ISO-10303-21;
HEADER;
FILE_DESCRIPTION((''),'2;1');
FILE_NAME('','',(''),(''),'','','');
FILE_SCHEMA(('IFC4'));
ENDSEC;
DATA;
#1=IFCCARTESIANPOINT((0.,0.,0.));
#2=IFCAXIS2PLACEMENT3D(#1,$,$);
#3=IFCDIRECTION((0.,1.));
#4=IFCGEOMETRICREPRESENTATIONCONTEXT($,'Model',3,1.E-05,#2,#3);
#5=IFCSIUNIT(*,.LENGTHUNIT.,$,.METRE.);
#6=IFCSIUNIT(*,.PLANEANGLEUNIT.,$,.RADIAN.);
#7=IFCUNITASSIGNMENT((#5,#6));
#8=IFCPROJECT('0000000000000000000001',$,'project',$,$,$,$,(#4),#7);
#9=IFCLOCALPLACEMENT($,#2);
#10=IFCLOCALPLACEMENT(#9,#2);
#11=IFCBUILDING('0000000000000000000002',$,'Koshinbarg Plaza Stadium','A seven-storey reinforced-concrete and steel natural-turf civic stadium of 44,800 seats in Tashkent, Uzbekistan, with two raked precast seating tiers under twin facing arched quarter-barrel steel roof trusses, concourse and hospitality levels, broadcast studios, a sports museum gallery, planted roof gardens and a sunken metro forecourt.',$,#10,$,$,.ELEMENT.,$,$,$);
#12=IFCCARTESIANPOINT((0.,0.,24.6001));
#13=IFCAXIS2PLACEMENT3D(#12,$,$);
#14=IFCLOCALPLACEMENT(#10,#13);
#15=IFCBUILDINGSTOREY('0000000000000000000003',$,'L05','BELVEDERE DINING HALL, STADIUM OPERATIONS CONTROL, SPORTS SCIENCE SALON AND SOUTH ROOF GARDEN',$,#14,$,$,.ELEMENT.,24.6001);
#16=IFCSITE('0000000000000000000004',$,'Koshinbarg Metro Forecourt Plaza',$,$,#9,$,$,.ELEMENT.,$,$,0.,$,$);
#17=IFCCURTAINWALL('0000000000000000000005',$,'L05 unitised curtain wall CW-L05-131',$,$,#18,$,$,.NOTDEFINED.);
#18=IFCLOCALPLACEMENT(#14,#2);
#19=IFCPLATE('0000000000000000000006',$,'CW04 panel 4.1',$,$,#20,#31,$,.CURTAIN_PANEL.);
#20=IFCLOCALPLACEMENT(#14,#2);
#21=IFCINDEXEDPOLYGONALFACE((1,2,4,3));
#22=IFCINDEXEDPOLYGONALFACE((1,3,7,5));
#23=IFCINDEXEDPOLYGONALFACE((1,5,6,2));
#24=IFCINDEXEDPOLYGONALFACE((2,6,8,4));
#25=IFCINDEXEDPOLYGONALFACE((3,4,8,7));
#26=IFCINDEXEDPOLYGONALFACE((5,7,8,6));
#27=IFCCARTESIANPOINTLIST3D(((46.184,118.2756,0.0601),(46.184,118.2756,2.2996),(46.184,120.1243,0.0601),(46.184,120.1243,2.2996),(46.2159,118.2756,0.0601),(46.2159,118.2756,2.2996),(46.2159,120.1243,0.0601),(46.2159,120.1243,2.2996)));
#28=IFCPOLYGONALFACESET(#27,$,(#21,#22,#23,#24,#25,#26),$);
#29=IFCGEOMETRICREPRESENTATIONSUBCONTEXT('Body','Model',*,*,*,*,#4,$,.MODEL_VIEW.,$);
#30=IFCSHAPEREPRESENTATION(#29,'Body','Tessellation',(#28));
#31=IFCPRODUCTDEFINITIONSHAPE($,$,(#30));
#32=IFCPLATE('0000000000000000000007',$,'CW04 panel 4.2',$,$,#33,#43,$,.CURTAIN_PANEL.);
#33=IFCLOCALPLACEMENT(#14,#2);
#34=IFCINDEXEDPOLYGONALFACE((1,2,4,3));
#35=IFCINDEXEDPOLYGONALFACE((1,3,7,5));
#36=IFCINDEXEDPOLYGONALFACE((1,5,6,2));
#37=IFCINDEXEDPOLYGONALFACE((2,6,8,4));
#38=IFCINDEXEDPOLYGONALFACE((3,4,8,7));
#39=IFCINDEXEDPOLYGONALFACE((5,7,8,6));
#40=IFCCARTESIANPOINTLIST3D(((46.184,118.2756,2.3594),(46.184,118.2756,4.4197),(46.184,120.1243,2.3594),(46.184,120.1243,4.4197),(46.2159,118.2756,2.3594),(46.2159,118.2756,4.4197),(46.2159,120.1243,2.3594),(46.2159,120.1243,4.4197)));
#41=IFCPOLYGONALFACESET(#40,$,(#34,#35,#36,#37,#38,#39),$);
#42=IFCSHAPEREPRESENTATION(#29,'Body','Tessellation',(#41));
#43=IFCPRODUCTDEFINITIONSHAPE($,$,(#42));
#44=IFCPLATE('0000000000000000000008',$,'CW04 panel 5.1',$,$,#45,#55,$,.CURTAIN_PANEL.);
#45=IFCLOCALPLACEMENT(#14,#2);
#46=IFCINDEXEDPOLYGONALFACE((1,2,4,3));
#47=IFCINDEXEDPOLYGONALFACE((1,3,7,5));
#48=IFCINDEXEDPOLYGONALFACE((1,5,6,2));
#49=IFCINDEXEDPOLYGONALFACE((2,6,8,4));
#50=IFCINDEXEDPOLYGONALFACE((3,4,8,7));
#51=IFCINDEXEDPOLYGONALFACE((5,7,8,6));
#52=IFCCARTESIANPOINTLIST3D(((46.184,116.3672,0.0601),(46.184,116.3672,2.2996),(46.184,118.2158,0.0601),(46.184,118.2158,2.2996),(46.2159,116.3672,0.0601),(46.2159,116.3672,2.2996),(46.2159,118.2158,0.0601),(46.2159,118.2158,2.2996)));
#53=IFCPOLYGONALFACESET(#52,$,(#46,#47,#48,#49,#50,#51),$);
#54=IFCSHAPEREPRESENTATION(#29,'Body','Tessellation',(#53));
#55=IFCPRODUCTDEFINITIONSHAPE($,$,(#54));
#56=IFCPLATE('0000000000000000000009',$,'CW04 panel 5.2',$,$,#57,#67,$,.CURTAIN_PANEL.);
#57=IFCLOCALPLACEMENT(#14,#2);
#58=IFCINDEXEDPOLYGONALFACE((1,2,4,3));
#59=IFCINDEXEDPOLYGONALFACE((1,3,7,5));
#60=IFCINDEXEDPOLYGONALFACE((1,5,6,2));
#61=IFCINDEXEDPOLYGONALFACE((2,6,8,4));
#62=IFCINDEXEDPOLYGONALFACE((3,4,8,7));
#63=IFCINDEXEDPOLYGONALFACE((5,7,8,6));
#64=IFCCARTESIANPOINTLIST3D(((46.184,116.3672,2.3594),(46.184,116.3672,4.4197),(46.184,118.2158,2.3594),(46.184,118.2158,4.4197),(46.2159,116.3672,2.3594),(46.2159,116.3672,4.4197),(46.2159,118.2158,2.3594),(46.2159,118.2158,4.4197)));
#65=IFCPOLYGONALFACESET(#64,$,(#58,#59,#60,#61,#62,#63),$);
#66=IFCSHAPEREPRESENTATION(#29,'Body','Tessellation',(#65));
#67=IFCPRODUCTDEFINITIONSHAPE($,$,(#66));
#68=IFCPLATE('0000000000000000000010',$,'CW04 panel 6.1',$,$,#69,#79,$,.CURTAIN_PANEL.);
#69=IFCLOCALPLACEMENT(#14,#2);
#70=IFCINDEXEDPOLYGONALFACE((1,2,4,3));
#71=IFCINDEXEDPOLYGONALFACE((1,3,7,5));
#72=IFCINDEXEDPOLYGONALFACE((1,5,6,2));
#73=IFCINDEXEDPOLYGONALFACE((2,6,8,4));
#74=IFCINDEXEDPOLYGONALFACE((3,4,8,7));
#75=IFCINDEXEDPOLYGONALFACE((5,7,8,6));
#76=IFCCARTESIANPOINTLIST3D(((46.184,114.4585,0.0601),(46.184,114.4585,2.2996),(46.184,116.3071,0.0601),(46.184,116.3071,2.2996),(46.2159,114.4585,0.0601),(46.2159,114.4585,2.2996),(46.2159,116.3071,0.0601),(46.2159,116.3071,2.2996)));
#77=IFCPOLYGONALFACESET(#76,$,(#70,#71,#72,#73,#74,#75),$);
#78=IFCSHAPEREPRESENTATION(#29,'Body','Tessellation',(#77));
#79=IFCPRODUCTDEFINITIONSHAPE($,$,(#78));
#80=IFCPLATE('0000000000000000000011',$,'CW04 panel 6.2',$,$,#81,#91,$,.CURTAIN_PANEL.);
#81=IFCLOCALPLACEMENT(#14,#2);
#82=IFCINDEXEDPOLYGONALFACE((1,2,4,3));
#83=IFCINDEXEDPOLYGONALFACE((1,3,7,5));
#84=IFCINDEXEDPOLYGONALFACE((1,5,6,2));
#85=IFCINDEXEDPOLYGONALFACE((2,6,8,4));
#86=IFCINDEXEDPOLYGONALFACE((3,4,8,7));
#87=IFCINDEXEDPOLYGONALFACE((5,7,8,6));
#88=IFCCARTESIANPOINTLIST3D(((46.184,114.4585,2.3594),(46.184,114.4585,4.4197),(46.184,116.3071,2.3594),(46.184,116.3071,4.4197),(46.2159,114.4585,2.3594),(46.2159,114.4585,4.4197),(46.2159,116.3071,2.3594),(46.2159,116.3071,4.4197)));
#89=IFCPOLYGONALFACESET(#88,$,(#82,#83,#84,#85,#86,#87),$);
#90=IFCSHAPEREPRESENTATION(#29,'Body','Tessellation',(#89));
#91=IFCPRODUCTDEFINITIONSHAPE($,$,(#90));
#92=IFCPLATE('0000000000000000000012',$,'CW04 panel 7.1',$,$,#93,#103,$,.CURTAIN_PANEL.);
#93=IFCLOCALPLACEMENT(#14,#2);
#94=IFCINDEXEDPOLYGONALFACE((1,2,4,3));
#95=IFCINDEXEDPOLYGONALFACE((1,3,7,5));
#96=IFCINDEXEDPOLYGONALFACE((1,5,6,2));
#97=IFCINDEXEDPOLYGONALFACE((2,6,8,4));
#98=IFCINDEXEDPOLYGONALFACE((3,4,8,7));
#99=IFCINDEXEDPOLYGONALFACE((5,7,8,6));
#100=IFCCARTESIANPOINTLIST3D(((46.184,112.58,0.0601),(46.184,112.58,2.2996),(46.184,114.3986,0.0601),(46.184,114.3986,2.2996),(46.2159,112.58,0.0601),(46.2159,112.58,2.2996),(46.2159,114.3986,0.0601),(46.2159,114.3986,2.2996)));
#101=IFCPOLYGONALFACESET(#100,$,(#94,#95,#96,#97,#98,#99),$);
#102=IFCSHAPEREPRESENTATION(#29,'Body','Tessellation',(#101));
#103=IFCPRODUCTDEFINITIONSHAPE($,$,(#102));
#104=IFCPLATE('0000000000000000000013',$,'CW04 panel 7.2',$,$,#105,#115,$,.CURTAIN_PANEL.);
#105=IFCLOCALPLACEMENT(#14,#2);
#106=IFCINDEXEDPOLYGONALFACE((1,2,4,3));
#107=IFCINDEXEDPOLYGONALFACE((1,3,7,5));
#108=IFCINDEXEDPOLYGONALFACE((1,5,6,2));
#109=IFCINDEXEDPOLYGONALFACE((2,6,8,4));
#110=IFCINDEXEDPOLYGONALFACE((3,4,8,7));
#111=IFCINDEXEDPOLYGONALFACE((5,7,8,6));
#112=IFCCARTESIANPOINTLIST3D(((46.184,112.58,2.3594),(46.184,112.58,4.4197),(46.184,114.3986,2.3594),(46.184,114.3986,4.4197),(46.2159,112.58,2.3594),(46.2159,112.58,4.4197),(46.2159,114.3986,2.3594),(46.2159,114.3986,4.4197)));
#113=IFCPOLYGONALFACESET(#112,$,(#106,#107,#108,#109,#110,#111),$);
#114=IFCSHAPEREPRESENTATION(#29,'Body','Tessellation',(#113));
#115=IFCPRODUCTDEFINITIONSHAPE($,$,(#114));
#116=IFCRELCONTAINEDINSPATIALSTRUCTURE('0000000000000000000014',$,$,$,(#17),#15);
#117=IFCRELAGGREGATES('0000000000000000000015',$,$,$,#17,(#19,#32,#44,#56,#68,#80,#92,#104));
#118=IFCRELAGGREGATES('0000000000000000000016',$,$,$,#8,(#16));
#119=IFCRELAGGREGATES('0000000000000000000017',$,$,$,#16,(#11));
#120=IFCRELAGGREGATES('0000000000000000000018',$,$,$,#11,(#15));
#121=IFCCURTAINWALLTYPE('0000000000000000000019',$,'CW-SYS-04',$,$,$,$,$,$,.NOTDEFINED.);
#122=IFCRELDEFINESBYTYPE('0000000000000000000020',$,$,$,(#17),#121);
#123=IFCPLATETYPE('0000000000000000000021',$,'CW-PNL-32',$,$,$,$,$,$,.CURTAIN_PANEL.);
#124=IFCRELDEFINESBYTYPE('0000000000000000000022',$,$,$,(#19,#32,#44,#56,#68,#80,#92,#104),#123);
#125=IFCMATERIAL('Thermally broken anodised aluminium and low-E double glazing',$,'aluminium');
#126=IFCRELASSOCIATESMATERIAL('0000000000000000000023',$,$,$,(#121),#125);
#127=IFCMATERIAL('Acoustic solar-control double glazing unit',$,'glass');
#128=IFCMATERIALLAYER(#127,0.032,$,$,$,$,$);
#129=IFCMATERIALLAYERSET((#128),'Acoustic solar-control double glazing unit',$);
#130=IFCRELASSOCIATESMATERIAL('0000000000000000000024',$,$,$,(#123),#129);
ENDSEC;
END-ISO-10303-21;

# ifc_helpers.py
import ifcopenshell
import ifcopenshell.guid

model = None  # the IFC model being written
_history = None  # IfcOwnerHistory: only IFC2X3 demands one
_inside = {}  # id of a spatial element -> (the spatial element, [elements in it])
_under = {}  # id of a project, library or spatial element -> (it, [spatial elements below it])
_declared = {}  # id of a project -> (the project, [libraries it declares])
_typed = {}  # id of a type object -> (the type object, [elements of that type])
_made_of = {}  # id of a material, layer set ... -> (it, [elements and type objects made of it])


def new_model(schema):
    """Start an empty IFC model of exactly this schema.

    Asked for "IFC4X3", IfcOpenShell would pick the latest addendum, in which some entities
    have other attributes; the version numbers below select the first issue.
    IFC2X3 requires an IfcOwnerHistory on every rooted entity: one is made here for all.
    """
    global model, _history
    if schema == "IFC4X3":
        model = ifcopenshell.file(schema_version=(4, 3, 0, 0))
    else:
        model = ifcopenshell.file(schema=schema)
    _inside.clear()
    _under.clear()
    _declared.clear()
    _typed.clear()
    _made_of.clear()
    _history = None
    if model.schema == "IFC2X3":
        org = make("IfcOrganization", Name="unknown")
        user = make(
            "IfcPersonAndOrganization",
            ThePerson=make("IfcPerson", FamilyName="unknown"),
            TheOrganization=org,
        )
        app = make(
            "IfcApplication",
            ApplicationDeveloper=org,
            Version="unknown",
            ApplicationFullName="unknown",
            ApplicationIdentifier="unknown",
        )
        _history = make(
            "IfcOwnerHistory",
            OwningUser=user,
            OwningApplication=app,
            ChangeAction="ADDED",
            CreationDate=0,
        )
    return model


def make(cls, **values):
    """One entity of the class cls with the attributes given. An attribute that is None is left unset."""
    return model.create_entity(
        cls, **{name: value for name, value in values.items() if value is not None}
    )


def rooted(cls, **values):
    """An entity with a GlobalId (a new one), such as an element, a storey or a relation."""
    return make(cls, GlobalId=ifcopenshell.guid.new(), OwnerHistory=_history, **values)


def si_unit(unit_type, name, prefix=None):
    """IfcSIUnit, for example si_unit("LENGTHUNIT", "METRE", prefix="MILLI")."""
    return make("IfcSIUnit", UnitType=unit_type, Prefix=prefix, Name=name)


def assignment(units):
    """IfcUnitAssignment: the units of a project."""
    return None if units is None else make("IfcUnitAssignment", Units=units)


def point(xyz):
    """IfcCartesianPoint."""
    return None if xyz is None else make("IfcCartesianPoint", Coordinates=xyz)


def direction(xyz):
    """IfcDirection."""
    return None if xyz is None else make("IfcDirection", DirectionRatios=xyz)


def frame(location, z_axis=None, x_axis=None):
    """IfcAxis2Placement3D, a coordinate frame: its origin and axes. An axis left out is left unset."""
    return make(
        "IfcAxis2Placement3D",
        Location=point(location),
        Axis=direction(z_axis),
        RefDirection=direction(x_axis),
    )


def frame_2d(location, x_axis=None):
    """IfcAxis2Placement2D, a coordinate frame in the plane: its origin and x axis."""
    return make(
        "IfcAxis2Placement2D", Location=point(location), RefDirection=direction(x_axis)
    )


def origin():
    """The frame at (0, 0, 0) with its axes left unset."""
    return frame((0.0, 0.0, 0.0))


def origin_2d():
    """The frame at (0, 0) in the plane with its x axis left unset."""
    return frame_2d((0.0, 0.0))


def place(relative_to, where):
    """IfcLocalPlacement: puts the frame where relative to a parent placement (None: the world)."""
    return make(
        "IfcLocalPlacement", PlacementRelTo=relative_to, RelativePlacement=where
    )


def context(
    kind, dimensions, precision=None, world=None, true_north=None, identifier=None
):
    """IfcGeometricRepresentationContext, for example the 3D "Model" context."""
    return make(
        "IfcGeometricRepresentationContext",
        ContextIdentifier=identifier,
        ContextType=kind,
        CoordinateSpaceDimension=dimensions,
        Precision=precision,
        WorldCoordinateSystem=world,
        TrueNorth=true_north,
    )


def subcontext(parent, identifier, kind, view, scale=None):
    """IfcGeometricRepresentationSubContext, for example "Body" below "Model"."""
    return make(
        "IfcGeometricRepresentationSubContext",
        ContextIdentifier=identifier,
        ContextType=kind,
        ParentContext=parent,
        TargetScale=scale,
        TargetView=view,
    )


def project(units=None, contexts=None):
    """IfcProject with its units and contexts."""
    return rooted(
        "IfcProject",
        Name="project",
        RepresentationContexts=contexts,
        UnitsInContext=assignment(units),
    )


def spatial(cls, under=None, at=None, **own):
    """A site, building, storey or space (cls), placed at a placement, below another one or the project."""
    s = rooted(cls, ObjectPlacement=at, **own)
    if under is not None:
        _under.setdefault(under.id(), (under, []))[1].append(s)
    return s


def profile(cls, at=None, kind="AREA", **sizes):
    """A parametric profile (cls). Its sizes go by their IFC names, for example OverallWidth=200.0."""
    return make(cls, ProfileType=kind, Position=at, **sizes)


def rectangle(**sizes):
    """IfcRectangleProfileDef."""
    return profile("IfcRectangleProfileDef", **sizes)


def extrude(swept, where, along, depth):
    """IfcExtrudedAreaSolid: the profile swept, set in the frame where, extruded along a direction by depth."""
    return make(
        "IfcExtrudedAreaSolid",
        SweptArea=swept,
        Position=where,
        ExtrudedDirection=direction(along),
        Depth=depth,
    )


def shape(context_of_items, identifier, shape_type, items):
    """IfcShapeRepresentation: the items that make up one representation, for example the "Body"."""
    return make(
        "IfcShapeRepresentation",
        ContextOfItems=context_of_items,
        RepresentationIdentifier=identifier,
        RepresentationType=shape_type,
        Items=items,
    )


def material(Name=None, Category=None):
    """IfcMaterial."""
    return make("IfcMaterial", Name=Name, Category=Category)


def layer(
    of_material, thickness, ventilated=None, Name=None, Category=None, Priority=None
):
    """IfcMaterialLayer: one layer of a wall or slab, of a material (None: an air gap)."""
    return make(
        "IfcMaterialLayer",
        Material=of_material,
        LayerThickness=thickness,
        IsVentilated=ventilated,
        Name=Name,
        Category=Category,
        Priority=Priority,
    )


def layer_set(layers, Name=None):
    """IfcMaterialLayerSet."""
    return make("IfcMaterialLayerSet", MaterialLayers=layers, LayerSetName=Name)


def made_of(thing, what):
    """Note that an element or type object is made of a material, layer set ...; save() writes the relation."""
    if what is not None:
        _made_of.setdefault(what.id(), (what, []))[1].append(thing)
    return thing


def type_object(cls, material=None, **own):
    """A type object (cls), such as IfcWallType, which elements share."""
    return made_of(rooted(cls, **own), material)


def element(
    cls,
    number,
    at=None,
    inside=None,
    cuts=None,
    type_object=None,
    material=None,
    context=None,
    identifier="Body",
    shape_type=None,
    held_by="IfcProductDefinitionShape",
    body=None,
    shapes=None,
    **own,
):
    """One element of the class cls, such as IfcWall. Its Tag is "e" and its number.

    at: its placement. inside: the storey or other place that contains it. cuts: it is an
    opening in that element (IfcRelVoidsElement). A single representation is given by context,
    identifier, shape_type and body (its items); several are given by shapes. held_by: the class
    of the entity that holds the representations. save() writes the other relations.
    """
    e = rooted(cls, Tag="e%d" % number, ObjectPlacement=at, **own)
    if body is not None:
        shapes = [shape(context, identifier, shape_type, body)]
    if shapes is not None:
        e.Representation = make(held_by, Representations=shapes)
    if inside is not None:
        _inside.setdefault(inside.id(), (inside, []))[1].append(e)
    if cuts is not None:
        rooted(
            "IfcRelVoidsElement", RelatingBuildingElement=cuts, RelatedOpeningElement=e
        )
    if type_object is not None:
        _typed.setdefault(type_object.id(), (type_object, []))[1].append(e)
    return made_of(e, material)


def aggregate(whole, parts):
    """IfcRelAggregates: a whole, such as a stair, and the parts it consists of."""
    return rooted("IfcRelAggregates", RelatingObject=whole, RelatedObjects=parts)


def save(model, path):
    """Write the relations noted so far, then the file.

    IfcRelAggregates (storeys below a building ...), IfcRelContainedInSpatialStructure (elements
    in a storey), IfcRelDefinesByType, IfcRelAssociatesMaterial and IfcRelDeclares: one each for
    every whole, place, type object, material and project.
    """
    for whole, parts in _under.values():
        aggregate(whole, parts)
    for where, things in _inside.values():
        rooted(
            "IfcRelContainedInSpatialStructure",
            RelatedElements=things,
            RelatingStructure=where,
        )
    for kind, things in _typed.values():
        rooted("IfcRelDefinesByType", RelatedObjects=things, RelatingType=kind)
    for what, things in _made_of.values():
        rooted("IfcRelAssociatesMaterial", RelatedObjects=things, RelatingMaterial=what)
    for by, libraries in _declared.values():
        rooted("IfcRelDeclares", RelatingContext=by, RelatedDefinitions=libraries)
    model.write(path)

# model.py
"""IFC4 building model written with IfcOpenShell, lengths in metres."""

from ifc_helpers import new_model, si_unit, direction, frame, origin, origin_2d, place, context, subcontext, project, spatial, rectangle, extrude, material, layer, layer_set, type_object, element, aggregate, save


model = new_model("IFC4")

# Units and contexts
model_context = context("Model", 3, precision=1e-05, world=origin(), true_north=direction((0.0, 1.0)))
body_context = subcontext(model_context, "Body", "Model", "MODEL_VIEW")
ifc_project = project(units=[si_unit("LENGTHUNIT", "METRE"), si_unit("PLANEANGLEUNIT", "RADIAN")], contexts=[model_context])

# Site, building, storey
site_placement = place(None, origin())
site = spatial("IfcSite", under=ifc_project, at=site_placement, Name="Koshinbarg Metro Forecourt Plaza", CompositionType="ELEMENT", RefElevation=0.0)
building_placement = place(site_placement, origin())
building = spatial("IfcBuilding", under=site, at=building_placement, Name="Koshinbarg Plaza Stadium", Description="A seven-storey reinforced-concrete and steel natural-turf civic stadium of 44,800 seats in Tashkent, Uzbekistan, with two raked precast seating tiers under twin facing arched quarter-barrel steel roof trusses, concourse and hospitality levels, broadcast studios, a sports museum gallery, planted roof gardens and a sunken metro forecourt.", CompositionType="ELEMENT")
storey_placement = place(building_placement, frame((0.0, 0.0, 24.6001)))
storey = spatial("IfcBuildingStorey", under=building, at=storey_placement, Name="L05", Description="BELVEDERE DINING HALL, STADIUM OPERATIONS CONTROL, SPORTS SCIENCE SALON AND SOUTH ROOF GARDEN", CompositionType="ELEMENT", Elevation=24.6001)

# Curtain wall, plates
ifc_material_1 = material(Name="Thermally broken anodised aluminium and low-E double glazing", Category="aluminium")
curtain_wall_type = type_object("IfcCurtainWallType", Name="CW-SYS-04", PredefinedType="NOTDEFINED", material=ifc_material_1)
curtain_wall_placement = place(storey_placement, origin())
curtain_wall = element("IfcCurtainWall", 1, at=curtain_wall_placement, inside=storey, type_object=curtain_wall_type, Name="L05 unitised curtain wall CW-L05-131", PredefinedType="NOTDEFINED")
ifc_material_2 = material(Name="Acoustic solar-control double glazing unit", Category="glass")
ifc_layer = layer(ifc_material_2, 0.032)
ifc_layer_set = layer_set([ifc_layer], Name="Acoustic solar-control double glazing unit")
plate_type = type_object("IfcPlateType", Name="CW-PNL-32", PredefinedType="CURTAIN_PANEL", material=ifc_layer_set)
plate_1_placement = place(storey_placement, frame((46.2, 119.2, 0.0601), z_axis=(0.0, 0.0, 1.0), x_axis=(0.0, -1.0, 0.0)))
plate_1 = element("IfcPlate", 2, at=plate_1_placement, type_object=plate_type, Name="CW04 panel 4.1", PredefinedType="CURTAIN_PANEL", context=body_context, shape_type="SweptSolid", body=[
    extrude(rectangle(XDim=1.8486, YDim=0.032, at=origin_2d()), origin(), (0.0, 0.0, 1.0), 2.2395),
])
plate_2_placement = place(storey_placement, frame((46.2, 119.2, 2.3594), z_axis=(0.0, 0.0, 1.0), x_axis=(0.0, -1.0, 0.0)))
plate_2 = element("IfcPlate", 3, at=plate_2_placement, type_object=plate_type, Name="CW04 panel 4.2", PredefinedType="CURTAIN_PANEL", context=body_context, shape_type="SweptSolid", body=[
    extrude(rectangle(XDim=1.8486, YDim=0.032, at=origin_2d()), origin(), (0.0, 0.0, 1.0), 2.0603),
])
plate_3_placement = place(storey_placement, frame((46.2, 117.2915, 0.0601), z_axis=(0.0, 0.0, 1.0), x_axis=(0.0, -1.0, 0.0)))
plate_3 = element("IfcPlate", 4, at=plate_3_placement, type_object=plate_type, Name="CW04 panel 5.1", PredefinedType="CURTAIN_PANEL", context=body_context, shape_type="SweptSolid", body=[
    extrude(rectangle(XDim=1.8486, YDim=0.032, at=origin_2d()), origin(), (0.0, 0.0, 1.0), 2.2395),
])
plate_4_placement = place(storey_placement, frame((46.2, 117.2915, 2.3594), z_axis=(0.0, 0.0, 1.0), x_axis=(0.0, -1.0, 0.0)))
plate_4 = element("IfcPlate", 5, at=plate_4_placement, type_object=plate_type, Name="CW04 panel 5.2", PredefinedType="CURTAIN_PANEL", context=body_context, shape_type="SweptSolid", body=[
    extrude(rectangle(XDim=1.8486, YDim=0.032, at=origin_2d()), origin(), (0.0, 0.0, 1.0), 2.0603),
])
plate_5_placement = place(storey_placement, frame((46.2, 115.3828, 0.0601), z_axis=(0.0, 0.0, 1.0), x_axis=(0.0, -1.0, 0.0)))
plate_5 = element("IfcPlate", 6, at=plate_5_placement, type_object=plate_type, Name="CW04 panel 6.1", PredefinedType="CURTAIN_PANEL", context=body_context, shape_type="SweptSolid", body=[
    extrude(rectangle(XDim=1.8486, YDim=0.032, at=origin_2d()), origin(), (0.0, 0.0, 1.0), 2.2395),
])
plate_6_placement = place(storey_placement, frame((46.2, 115.3828, 2.3594), z_axis=(0.0, 0.0, 1.0), x_axis=(0.0, -1.0, 0.0)))
plate_6 = element("IfcPlate", 7, at=plate_6_placement, type_object=plate_type, Name="CW04 panel 6.2", PredefinedType="CURTAIN_PANEL", context=body_context, shape_type="SweptSolid", body=[
    extrude(rectangle(XDim=1.8486, YDim=0.032, at=origin_2d()), origin(), (0.0, 0.0, 1.0), 2.0603),
])
plate_7_placement = place(storey_placement, frame((46.2, 113.4893, 0.0601), z_axis=(0.0, 0.0, 1.0), x_axis=(0.0, -1.0, 0.0)))
plate_7 = element("IfcPlate", 8, at=plate_7_placement, type_object=plate_type, Name="CW04 panel 7.1", PredefinedType="CURTAIN_PANEL", context=body_context, shape_type="SweptSolid", body=[
    extrude(rectangle(XDim=1.8186, YDim=0.032, at=origin_2d()), origin(), (0.0, 0.0, 1.0), 2.2395),
])
plate_8_placement = place(storey_placement, frame((46.2, 113.4893, 2.3594), z_axis=(0.0, 0.0, 1.0), x_axis=(0.0, -1.0, 0.0)))
plate_8 = element("IfcPlate", 9, at=plate_8_placement, type_object=plate_type, Name="CW04 panel 7.2", PredefinedType="CURTAIN_PANEL", context=body_context, shape_type="SweptSolid", body=[
    extrude(rectangle(XDim=1.8186, YDim=0.032, at=origin_2d()), origin(), (0.0, 0.0, 1.0), 2.0603),
])
aggregate(curtain_wall, [plate_1, plate_2, plate_3, plate_4, plate_5, plate_6, plate_7, plate_8])

save(model, "model.ifc")
